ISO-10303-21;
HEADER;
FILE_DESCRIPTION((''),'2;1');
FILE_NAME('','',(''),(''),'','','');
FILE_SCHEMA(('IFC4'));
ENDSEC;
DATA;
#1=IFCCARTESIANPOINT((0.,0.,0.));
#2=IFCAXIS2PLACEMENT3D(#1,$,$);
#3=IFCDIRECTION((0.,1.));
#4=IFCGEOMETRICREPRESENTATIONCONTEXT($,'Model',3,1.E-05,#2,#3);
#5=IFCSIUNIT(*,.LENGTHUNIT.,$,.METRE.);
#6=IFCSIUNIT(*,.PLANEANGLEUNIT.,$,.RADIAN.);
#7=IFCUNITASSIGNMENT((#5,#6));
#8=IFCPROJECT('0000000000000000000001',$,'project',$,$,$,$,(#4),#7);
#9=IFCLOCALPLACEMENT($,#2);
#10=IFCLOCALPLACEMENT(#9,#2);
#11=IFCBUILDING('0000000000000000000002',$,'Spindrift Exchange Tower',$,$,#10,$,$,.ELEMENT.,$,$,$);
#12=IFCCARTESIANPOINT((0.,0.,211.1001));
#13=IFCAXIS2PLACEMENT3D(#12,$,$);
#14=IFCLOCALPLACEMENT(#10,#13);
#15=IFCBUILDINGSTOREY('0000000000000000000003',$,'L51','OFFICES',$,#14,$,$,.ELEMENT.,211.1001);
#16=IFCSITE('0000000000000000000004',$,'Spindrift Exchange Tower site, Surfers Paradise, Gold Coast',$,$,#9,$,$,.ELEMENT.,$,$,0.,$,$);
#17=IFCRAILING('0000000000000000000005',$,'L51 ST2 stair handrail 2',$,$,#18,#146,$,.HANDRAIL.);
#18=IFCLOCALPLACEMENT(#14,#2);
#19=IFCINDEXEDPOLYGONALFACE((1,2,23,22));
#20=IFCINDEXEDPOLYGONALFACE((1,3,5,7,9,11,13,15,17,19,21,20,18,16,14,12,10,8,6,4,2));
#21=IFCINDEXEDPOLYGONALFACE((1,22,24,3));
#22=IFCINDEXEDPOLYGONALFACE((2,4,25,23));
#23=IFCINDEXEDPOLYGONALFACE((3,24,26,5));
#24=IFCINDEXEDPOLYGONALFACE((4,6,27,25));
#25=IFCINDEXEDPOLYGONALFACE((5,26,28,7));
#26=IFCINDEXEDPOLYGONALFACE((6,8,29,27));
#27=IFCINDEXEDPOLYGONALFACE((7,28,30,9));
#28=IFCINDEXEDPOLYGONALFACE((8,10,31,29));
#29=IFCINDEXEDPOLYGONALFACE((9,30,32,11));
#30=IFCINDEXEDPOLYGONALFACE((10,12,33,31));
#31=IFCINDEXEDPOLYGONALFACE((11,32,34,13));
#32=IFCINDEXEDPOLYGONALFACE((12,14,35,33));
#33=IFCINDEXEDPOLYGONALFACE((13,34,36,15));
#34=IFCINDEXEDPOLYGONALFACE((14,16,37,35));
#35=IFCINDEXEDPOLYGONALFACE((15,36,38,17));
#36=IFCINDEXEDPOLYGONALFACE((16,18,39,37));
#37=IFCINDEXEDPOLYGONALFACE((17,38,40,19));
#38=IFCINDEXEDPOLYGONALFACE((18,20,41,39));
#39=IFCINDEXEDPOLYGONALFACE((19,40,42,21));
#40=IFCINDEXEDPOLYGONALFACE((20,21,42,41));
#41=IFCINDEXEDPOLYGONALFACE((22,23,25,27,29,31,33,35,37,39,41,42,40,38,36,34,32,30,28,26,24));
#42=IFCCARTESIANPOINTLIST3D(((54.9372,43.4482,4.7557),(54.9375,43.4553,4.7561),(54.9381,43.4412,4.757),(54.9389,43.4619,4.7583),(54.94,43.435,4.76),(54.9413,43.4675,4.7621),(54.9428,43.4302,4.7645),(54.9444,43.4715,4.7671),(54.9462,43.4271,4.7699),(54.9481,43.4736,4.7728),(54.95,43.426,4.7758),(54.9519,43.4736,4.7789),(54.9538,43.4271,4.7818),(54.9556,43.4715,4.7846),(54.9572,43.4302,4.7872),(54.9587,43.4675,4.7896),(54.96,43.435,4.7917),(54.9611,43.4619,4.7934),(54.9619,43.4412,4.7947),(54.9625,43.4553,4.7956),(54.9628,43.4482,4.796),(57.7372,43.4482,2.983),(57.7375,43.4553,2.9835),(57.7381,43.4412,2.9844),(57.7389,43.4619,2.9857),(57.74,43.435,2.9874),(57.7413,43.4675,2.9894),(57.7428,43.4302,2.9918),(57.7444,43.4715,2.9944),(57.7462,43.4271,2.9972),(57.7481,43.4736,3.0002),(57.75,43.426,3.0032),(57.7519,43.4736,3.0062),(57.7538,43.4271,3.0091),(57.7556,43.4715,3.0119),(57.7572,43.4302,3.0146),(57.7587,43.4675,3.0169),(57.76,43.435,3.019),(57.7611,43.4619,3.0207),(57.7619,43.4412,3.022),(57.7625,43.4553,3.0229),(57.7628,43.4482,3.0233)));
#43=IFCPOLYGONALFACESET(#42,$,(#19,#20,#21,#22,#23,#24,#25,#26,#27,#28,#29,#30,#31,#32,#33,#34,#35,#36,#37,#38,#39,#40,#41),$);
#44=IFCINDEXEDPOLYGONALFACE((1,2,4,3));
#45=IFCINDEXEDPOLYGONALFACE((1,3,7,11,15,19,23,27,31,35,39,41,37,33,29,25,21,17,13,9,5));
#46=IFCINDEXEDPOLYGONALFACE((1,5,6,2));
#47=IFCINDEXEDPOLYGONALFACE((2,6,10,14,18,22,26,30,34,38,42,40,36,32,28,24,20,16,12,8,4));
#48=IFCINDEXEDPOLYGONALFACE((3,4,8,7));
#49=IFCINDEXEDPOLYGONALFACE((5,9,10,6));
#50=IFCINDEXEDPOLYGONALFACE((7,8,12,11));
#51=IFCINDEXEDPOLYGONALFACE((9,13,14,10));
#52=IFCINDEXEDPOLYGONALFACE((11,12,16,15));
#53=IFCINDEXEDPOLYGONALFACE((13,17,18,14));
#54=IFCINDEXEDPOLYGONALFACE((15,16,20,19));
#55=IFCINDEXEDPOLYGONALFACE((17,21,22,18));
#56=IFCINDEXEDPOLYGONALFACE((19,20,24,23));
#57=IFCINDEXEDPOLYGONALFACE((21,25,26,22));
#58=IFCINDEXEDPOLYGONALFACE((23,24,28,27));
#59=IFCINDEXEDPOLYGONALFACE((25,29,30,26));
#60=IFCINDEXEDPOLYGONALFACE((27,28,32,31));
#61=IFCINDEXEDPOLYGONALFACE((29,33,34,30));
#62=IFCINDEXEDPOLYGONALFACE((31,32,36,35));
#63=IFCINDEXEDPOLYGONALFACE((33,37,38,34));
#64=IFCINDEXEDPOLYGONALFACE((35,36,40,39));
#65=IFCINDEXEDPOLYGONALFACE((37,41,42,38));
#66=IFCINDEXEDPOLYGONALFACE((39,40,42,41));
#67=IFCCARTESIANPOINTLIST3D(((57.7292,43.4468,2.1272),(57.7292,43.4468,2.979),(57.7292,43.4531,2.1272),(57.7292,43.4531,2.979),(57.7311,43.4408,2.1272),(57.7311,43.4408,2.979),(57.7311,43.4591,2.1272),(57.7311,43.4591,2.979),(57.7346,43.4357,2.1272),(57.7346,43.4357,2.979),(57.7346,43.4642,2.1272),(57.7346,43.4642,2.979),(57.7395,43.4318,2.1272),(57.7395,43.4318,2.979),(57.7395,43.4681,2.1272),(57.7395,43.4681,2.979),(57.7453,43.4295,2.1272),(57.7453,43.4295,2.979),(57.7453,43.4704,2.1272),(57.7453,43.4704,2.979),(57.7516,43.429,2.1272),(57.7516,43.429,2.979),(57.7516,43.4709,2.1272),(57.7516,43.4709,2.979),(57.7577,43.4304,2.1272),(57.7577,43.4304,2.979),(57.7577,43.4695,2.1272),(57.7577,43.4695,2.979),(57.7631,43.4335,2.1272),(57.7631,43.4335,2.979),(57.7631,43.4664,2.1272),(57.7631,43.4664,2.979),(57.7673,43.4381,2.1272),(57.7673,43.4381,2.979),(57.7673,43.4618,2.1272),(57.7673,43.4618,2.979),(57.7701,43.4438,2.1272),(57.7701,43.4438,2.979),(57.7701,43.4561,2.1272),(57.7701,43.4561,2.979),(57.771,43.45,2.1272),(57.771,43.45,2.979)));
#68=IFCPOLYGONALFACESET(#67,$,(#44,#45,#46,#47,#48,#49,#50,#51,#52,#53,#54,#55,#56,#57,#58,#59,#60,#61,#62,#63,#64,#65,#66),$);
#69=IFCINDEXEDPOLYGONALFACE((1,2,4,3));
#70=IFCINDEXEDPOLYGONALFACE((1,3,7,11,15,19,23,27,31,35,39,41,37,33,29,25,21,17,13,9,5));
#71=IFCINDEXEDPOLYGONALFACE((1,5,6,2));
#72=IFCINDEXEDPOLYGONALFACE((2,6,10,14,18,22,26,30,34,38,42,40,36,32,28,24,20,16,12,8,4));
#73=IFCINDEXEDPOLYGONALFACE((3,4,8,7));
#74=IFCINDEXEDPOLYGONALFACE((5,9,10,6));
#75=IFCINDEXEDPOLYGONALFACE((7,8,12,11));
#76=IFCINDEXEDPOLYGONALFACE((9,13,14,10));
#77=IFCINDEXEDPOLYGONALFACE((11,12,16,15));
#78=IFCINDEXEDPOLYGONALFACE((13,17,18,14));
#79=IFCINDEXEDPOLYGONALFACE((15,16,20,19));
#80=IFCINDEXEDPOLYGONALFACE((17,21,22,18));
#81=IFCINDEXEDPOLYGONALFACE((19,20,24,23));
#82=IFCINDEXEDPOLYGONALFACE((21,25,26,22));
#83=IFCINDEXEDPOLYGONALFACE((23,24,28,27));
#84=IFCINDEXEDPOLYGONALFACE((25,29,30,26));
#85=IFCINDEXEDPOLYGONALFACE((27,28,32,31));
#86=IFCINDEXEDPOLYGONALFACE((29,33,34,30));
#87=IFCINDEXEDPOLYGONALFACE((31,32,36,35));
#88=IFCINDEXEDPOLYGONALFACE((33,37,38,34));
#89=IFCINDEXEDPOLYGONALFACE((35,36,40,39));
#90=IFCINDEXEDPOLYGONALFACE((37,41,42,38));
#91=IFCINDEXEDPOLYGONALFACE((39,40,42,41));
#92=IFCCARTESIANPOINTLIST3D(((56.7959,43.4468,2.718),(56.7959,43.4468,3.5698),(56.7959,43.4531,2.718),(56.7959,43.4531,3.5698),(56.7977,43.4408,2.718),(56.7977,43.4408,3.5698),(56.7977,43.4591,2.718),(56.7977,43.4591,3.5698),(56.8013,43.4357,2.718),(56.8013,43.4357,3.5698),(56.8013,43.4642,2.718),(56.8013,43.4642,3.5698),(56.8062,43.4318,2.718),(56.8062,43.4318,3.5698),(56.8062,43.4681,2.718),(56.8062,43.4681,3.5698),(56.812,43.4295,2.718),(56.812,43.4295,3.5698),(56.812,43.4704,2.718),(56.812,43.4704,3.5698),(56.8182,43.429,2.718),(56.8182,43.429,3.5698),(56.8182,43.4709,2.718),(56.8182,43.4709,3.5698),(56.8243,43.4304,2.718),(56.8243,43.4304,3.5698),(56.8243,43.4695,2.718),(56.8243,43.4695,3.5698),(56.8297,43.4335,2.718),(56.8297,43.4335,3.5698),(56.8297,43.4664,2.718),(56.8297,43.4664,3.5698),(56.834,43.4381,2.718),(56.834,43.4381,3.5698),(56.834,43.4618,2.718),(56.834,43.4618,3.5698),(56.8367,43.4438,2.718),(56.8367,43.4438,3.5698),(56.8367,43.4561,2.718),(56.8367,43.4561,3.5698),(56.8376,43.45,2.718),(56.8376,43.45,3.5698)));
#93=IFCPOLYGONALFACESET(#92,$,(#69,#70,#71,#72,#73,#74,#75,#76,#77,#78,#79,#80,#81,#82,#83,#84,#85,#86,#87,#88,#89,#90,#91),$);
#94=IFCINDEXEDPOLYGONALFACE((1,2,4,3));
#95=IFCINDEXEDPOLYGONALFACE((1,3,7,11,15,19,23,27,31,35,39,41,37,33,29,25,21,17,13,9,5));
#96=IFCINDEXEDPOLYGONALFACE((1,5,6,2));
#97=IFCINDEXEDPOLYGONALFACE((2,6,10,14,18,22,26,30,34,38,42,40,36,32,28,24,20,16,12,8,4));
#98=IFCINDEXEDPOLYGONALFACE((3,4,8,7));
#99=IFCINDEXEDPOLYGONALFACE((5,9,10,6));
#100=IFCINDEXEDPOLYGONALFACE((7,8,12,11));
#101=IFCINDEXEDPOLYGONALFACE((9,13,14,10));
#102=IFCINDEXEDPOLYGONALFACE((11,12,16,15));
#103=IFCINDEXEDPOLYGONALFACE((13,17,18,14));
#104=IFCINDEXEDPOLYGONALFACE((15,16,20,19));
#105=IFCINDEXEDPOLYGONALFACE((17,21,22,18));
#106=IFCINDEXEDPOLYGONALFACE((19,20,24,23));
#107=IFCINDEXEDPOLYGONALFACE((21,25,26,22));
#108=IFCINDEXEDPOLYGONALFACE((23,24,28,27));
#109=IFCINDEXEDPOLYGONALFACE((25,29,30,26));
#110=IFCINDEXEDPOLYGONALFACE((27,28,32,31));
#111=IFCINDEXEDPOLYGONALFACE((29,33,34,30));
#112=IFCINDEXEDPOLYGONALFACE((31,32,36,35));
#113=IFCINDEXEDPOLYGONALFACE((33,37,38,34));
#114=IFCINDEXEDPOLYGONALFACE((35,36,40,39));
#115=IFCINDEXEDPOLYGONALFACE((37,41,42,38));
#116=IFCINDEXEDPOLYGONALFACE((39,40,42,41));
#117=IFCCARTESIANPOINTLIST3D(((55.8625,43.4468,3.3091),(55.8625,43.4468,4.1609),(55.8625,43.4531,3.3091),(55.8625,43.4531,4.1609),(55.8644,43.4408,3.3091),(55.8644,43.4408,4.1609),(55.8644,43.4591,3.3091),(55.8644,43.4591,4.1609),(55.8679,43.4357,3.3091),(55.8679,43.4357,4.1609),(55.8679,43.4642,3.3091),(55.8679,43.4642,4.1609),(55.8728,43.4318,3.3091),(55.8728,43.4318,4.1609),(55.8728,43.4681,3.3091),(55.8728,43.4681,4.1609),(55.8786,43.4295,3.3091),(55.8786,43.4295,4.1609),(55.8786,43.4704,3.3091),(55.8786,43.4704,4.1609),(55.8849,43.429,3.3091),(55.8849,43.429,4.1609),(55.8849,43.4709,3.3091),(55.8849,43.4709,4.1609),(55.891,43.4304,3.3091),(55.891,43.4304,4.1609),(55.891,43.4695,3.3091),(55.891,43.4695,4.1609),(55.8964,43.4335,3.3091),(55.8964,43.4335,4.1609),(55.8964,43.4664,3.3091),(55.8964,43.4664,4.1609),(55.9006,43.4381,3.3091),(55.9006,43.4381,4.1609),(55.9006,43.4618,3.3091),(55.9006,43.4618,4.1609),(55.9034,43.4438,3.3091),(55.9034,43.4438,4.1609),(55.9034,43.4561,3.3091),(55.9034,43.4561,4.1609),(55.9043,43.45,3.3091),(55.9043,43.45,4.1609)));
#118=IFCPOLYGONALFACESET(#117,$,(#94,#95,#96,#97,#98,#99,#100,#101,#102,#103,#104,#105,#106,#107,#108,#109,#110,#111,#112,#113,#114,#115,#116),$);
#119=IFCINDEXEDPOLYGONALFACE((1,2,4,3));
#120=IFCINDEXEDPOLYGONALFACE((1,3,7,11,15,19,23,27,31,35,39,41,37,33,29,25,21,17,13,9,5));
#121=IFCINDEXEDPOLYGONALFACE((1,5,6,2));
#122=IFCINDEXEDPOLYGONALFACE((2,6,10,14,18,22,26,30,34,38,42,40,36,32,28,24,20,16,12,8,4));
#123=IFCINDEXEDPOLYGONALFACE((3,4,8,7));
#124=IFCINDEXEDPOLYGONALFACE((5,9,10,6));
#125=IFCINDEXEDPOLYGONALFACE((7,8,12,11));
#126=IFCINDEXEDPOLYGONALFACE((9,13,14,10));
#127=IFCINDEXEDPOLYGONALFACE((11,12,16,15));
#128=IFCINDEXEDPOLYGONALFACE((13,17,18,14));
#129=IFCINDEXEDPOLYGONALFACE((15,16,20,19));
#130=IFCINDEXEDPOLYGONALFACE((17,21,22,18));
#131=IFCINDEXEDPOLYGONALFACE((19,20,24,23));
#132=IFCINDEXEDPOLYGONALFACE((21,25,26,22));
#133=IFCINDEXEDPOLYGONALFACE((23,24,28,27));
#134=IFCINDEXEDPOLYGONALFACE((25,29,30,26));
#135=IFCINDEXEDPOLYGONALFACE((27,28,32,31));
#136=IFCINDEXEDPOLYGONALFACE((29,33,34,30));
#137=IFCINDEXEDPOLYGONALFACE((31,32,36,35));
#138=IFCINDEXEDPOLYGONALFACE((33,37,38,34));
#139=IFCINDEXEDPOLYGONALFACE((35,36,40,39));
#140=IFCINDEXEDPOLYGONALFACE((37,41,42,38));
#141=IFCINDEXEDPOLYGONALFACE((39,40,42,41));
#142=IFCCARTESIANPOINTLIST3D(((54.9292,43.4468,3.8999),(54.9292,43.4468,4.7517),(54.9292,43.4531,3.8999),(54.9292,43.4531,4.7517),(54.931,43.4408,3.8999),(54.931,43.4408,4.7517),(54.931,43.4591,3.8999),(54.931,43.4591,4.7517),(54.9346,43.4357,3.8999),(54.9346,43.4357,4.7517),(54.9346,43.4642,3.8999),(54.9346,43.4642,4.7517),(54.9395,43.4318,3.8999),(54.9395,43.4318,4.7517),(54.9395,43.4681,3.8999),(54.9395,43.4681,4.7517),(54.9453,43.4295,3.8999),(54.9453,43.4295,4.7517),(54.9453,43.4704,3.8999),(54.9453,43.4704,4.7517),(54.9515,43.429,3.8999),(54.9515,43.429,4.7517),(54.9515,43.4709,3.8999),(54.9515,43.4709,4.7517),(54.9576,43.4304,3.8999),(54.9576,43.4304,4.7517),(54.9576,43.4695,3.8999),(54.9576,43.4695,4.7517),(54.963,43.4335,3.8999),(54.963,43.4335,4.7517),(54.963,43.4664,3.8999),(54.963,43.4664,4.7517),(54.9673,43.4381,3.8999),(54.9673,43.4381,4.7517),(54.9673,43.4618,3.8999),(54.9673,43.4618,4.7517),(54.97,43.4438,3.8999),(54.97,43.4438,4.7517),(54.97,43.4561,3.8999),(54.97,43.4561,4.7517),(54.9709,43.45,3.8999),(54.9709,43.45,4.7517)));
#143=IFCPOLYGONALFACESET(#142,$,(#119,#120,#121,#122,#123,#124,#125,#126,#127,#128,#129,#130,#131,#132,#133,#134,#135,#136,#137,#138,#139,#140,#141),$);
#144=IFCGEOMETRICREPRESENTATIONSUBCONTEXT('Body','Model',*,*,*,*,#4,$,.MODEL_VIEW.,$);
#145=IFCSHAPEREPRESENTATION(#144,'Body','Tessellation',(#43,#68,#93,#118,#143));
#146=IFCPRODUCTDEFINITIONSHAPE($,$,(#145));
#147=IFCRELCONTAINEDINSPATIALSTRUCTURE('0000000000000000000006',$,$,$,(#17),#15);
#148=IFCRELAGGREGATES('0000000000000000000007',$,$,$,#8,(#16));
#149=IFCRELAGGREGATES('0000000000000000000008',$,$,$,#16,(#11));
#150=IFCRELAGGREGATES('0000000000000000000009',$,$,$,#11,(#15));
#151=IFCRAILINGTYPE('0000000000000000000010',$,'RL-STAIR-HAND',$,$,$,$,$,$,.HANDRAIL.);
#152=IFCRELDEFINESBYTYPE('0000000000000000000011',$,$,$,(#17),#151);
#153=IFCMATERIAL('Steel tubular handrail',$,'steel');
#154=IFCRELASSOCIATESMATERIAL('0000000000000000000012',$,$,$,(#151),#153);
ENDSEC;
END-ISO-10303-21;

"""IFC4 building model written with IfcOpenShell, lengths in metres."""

from ifc_helpers import new_model, si_unit, direction, frame, origin, origin_2d, place, context, subcontext, project, spatial, circle, extrude, material, type_object, element, save


model = new_model("IFC4")

# Units and contexts
model_context = context("Model", 3, precision=1e-05, world=origin(), true_north=direction((0.0, 1.0)))
body_context = subcontext(model_context, "Body", "Model", "MODEL_VIEW")
ifc_project = project(units=[si_unit("LENGTHUNIT", "METRE"), si_unit("PLANEANGLEUNIT", "RADIAN")], contexts=[model_context])

# Site, building, storey
site_placement = place(None, origin())
site = spatial("IfcSite", under=ifc_project, at=site_placement, Name="Spindrift Exchange Tower site, Surfers Paradise, Gold Coast", CompositionType="ELEMENT", RefElevation=0.0)
building_placement = place(site_placement, origin())
building = spatial("IfcBuilding", under=site, at=building_placement, Name="Spindrift Exchange Tower", CompositionType="ELEMENT")
storey_placement = place(building_placement, frame((0.0, 0.0, 211.1001)))
storey = spatial("IfcBuildingStorey", under=building, at=storey_placement, Name="L51", Description="OFFICES", CompositionType="ELEMENT", Elevation=211.1001)

# Railing
ifc_material_1 = material(Name="Steel tubular handrail", Category="steel")
railing_type_1 = type_object("IfcRailingType", Name="RL-STAIR-HAND", PredefinedType="HANDRAIL", material=ifc_material_1)
railing_1_placement = place(storey_placement, frame((57.75, 43.45, 2.1272)))
element("IfcRailing", 1, at=railing_1_placement, inside=storey, type_object=railing_type_1, Name="L51 ST2 stair handrail 2", PredefinedType="HANDRAIL", context=body_context, shape_type="SweptSolid", body=[
    extrude(circle(Radius=0.0239, at=origin_2d()), frame((0.0, 0.0, 0.876), z_axis=(-0.844909, 0.0, 0.53491), x_axis=(0.0, -1.0, 0.0)), (0.0, 0.0, 1.0), 3.314),
    extrude(circle(Radius=0.021, at=origin_2d()), origin(), (0.0, 0.0, 1.0), 0.8518),
    extrude(circle(Radius=0.021, at=origin_2d()), frame((-0.9333, 0.0, 0.5908)), (0.0, 0.0, 1.0), 0.8518),
    extrude(circle(Radius=0.021, at=origin_2d()), frame((-1.8667, 0.0, 1.1819)), (0.0, 0.0, 1.0), 0.8518),
    extrude(circle(Radius=0.021, at=origin_2d()), frame((-2.8, 0.0, 1.7727)), (0.0, 0.0, 1.0), 0.8518),
])

save(model, "model.ifc")
